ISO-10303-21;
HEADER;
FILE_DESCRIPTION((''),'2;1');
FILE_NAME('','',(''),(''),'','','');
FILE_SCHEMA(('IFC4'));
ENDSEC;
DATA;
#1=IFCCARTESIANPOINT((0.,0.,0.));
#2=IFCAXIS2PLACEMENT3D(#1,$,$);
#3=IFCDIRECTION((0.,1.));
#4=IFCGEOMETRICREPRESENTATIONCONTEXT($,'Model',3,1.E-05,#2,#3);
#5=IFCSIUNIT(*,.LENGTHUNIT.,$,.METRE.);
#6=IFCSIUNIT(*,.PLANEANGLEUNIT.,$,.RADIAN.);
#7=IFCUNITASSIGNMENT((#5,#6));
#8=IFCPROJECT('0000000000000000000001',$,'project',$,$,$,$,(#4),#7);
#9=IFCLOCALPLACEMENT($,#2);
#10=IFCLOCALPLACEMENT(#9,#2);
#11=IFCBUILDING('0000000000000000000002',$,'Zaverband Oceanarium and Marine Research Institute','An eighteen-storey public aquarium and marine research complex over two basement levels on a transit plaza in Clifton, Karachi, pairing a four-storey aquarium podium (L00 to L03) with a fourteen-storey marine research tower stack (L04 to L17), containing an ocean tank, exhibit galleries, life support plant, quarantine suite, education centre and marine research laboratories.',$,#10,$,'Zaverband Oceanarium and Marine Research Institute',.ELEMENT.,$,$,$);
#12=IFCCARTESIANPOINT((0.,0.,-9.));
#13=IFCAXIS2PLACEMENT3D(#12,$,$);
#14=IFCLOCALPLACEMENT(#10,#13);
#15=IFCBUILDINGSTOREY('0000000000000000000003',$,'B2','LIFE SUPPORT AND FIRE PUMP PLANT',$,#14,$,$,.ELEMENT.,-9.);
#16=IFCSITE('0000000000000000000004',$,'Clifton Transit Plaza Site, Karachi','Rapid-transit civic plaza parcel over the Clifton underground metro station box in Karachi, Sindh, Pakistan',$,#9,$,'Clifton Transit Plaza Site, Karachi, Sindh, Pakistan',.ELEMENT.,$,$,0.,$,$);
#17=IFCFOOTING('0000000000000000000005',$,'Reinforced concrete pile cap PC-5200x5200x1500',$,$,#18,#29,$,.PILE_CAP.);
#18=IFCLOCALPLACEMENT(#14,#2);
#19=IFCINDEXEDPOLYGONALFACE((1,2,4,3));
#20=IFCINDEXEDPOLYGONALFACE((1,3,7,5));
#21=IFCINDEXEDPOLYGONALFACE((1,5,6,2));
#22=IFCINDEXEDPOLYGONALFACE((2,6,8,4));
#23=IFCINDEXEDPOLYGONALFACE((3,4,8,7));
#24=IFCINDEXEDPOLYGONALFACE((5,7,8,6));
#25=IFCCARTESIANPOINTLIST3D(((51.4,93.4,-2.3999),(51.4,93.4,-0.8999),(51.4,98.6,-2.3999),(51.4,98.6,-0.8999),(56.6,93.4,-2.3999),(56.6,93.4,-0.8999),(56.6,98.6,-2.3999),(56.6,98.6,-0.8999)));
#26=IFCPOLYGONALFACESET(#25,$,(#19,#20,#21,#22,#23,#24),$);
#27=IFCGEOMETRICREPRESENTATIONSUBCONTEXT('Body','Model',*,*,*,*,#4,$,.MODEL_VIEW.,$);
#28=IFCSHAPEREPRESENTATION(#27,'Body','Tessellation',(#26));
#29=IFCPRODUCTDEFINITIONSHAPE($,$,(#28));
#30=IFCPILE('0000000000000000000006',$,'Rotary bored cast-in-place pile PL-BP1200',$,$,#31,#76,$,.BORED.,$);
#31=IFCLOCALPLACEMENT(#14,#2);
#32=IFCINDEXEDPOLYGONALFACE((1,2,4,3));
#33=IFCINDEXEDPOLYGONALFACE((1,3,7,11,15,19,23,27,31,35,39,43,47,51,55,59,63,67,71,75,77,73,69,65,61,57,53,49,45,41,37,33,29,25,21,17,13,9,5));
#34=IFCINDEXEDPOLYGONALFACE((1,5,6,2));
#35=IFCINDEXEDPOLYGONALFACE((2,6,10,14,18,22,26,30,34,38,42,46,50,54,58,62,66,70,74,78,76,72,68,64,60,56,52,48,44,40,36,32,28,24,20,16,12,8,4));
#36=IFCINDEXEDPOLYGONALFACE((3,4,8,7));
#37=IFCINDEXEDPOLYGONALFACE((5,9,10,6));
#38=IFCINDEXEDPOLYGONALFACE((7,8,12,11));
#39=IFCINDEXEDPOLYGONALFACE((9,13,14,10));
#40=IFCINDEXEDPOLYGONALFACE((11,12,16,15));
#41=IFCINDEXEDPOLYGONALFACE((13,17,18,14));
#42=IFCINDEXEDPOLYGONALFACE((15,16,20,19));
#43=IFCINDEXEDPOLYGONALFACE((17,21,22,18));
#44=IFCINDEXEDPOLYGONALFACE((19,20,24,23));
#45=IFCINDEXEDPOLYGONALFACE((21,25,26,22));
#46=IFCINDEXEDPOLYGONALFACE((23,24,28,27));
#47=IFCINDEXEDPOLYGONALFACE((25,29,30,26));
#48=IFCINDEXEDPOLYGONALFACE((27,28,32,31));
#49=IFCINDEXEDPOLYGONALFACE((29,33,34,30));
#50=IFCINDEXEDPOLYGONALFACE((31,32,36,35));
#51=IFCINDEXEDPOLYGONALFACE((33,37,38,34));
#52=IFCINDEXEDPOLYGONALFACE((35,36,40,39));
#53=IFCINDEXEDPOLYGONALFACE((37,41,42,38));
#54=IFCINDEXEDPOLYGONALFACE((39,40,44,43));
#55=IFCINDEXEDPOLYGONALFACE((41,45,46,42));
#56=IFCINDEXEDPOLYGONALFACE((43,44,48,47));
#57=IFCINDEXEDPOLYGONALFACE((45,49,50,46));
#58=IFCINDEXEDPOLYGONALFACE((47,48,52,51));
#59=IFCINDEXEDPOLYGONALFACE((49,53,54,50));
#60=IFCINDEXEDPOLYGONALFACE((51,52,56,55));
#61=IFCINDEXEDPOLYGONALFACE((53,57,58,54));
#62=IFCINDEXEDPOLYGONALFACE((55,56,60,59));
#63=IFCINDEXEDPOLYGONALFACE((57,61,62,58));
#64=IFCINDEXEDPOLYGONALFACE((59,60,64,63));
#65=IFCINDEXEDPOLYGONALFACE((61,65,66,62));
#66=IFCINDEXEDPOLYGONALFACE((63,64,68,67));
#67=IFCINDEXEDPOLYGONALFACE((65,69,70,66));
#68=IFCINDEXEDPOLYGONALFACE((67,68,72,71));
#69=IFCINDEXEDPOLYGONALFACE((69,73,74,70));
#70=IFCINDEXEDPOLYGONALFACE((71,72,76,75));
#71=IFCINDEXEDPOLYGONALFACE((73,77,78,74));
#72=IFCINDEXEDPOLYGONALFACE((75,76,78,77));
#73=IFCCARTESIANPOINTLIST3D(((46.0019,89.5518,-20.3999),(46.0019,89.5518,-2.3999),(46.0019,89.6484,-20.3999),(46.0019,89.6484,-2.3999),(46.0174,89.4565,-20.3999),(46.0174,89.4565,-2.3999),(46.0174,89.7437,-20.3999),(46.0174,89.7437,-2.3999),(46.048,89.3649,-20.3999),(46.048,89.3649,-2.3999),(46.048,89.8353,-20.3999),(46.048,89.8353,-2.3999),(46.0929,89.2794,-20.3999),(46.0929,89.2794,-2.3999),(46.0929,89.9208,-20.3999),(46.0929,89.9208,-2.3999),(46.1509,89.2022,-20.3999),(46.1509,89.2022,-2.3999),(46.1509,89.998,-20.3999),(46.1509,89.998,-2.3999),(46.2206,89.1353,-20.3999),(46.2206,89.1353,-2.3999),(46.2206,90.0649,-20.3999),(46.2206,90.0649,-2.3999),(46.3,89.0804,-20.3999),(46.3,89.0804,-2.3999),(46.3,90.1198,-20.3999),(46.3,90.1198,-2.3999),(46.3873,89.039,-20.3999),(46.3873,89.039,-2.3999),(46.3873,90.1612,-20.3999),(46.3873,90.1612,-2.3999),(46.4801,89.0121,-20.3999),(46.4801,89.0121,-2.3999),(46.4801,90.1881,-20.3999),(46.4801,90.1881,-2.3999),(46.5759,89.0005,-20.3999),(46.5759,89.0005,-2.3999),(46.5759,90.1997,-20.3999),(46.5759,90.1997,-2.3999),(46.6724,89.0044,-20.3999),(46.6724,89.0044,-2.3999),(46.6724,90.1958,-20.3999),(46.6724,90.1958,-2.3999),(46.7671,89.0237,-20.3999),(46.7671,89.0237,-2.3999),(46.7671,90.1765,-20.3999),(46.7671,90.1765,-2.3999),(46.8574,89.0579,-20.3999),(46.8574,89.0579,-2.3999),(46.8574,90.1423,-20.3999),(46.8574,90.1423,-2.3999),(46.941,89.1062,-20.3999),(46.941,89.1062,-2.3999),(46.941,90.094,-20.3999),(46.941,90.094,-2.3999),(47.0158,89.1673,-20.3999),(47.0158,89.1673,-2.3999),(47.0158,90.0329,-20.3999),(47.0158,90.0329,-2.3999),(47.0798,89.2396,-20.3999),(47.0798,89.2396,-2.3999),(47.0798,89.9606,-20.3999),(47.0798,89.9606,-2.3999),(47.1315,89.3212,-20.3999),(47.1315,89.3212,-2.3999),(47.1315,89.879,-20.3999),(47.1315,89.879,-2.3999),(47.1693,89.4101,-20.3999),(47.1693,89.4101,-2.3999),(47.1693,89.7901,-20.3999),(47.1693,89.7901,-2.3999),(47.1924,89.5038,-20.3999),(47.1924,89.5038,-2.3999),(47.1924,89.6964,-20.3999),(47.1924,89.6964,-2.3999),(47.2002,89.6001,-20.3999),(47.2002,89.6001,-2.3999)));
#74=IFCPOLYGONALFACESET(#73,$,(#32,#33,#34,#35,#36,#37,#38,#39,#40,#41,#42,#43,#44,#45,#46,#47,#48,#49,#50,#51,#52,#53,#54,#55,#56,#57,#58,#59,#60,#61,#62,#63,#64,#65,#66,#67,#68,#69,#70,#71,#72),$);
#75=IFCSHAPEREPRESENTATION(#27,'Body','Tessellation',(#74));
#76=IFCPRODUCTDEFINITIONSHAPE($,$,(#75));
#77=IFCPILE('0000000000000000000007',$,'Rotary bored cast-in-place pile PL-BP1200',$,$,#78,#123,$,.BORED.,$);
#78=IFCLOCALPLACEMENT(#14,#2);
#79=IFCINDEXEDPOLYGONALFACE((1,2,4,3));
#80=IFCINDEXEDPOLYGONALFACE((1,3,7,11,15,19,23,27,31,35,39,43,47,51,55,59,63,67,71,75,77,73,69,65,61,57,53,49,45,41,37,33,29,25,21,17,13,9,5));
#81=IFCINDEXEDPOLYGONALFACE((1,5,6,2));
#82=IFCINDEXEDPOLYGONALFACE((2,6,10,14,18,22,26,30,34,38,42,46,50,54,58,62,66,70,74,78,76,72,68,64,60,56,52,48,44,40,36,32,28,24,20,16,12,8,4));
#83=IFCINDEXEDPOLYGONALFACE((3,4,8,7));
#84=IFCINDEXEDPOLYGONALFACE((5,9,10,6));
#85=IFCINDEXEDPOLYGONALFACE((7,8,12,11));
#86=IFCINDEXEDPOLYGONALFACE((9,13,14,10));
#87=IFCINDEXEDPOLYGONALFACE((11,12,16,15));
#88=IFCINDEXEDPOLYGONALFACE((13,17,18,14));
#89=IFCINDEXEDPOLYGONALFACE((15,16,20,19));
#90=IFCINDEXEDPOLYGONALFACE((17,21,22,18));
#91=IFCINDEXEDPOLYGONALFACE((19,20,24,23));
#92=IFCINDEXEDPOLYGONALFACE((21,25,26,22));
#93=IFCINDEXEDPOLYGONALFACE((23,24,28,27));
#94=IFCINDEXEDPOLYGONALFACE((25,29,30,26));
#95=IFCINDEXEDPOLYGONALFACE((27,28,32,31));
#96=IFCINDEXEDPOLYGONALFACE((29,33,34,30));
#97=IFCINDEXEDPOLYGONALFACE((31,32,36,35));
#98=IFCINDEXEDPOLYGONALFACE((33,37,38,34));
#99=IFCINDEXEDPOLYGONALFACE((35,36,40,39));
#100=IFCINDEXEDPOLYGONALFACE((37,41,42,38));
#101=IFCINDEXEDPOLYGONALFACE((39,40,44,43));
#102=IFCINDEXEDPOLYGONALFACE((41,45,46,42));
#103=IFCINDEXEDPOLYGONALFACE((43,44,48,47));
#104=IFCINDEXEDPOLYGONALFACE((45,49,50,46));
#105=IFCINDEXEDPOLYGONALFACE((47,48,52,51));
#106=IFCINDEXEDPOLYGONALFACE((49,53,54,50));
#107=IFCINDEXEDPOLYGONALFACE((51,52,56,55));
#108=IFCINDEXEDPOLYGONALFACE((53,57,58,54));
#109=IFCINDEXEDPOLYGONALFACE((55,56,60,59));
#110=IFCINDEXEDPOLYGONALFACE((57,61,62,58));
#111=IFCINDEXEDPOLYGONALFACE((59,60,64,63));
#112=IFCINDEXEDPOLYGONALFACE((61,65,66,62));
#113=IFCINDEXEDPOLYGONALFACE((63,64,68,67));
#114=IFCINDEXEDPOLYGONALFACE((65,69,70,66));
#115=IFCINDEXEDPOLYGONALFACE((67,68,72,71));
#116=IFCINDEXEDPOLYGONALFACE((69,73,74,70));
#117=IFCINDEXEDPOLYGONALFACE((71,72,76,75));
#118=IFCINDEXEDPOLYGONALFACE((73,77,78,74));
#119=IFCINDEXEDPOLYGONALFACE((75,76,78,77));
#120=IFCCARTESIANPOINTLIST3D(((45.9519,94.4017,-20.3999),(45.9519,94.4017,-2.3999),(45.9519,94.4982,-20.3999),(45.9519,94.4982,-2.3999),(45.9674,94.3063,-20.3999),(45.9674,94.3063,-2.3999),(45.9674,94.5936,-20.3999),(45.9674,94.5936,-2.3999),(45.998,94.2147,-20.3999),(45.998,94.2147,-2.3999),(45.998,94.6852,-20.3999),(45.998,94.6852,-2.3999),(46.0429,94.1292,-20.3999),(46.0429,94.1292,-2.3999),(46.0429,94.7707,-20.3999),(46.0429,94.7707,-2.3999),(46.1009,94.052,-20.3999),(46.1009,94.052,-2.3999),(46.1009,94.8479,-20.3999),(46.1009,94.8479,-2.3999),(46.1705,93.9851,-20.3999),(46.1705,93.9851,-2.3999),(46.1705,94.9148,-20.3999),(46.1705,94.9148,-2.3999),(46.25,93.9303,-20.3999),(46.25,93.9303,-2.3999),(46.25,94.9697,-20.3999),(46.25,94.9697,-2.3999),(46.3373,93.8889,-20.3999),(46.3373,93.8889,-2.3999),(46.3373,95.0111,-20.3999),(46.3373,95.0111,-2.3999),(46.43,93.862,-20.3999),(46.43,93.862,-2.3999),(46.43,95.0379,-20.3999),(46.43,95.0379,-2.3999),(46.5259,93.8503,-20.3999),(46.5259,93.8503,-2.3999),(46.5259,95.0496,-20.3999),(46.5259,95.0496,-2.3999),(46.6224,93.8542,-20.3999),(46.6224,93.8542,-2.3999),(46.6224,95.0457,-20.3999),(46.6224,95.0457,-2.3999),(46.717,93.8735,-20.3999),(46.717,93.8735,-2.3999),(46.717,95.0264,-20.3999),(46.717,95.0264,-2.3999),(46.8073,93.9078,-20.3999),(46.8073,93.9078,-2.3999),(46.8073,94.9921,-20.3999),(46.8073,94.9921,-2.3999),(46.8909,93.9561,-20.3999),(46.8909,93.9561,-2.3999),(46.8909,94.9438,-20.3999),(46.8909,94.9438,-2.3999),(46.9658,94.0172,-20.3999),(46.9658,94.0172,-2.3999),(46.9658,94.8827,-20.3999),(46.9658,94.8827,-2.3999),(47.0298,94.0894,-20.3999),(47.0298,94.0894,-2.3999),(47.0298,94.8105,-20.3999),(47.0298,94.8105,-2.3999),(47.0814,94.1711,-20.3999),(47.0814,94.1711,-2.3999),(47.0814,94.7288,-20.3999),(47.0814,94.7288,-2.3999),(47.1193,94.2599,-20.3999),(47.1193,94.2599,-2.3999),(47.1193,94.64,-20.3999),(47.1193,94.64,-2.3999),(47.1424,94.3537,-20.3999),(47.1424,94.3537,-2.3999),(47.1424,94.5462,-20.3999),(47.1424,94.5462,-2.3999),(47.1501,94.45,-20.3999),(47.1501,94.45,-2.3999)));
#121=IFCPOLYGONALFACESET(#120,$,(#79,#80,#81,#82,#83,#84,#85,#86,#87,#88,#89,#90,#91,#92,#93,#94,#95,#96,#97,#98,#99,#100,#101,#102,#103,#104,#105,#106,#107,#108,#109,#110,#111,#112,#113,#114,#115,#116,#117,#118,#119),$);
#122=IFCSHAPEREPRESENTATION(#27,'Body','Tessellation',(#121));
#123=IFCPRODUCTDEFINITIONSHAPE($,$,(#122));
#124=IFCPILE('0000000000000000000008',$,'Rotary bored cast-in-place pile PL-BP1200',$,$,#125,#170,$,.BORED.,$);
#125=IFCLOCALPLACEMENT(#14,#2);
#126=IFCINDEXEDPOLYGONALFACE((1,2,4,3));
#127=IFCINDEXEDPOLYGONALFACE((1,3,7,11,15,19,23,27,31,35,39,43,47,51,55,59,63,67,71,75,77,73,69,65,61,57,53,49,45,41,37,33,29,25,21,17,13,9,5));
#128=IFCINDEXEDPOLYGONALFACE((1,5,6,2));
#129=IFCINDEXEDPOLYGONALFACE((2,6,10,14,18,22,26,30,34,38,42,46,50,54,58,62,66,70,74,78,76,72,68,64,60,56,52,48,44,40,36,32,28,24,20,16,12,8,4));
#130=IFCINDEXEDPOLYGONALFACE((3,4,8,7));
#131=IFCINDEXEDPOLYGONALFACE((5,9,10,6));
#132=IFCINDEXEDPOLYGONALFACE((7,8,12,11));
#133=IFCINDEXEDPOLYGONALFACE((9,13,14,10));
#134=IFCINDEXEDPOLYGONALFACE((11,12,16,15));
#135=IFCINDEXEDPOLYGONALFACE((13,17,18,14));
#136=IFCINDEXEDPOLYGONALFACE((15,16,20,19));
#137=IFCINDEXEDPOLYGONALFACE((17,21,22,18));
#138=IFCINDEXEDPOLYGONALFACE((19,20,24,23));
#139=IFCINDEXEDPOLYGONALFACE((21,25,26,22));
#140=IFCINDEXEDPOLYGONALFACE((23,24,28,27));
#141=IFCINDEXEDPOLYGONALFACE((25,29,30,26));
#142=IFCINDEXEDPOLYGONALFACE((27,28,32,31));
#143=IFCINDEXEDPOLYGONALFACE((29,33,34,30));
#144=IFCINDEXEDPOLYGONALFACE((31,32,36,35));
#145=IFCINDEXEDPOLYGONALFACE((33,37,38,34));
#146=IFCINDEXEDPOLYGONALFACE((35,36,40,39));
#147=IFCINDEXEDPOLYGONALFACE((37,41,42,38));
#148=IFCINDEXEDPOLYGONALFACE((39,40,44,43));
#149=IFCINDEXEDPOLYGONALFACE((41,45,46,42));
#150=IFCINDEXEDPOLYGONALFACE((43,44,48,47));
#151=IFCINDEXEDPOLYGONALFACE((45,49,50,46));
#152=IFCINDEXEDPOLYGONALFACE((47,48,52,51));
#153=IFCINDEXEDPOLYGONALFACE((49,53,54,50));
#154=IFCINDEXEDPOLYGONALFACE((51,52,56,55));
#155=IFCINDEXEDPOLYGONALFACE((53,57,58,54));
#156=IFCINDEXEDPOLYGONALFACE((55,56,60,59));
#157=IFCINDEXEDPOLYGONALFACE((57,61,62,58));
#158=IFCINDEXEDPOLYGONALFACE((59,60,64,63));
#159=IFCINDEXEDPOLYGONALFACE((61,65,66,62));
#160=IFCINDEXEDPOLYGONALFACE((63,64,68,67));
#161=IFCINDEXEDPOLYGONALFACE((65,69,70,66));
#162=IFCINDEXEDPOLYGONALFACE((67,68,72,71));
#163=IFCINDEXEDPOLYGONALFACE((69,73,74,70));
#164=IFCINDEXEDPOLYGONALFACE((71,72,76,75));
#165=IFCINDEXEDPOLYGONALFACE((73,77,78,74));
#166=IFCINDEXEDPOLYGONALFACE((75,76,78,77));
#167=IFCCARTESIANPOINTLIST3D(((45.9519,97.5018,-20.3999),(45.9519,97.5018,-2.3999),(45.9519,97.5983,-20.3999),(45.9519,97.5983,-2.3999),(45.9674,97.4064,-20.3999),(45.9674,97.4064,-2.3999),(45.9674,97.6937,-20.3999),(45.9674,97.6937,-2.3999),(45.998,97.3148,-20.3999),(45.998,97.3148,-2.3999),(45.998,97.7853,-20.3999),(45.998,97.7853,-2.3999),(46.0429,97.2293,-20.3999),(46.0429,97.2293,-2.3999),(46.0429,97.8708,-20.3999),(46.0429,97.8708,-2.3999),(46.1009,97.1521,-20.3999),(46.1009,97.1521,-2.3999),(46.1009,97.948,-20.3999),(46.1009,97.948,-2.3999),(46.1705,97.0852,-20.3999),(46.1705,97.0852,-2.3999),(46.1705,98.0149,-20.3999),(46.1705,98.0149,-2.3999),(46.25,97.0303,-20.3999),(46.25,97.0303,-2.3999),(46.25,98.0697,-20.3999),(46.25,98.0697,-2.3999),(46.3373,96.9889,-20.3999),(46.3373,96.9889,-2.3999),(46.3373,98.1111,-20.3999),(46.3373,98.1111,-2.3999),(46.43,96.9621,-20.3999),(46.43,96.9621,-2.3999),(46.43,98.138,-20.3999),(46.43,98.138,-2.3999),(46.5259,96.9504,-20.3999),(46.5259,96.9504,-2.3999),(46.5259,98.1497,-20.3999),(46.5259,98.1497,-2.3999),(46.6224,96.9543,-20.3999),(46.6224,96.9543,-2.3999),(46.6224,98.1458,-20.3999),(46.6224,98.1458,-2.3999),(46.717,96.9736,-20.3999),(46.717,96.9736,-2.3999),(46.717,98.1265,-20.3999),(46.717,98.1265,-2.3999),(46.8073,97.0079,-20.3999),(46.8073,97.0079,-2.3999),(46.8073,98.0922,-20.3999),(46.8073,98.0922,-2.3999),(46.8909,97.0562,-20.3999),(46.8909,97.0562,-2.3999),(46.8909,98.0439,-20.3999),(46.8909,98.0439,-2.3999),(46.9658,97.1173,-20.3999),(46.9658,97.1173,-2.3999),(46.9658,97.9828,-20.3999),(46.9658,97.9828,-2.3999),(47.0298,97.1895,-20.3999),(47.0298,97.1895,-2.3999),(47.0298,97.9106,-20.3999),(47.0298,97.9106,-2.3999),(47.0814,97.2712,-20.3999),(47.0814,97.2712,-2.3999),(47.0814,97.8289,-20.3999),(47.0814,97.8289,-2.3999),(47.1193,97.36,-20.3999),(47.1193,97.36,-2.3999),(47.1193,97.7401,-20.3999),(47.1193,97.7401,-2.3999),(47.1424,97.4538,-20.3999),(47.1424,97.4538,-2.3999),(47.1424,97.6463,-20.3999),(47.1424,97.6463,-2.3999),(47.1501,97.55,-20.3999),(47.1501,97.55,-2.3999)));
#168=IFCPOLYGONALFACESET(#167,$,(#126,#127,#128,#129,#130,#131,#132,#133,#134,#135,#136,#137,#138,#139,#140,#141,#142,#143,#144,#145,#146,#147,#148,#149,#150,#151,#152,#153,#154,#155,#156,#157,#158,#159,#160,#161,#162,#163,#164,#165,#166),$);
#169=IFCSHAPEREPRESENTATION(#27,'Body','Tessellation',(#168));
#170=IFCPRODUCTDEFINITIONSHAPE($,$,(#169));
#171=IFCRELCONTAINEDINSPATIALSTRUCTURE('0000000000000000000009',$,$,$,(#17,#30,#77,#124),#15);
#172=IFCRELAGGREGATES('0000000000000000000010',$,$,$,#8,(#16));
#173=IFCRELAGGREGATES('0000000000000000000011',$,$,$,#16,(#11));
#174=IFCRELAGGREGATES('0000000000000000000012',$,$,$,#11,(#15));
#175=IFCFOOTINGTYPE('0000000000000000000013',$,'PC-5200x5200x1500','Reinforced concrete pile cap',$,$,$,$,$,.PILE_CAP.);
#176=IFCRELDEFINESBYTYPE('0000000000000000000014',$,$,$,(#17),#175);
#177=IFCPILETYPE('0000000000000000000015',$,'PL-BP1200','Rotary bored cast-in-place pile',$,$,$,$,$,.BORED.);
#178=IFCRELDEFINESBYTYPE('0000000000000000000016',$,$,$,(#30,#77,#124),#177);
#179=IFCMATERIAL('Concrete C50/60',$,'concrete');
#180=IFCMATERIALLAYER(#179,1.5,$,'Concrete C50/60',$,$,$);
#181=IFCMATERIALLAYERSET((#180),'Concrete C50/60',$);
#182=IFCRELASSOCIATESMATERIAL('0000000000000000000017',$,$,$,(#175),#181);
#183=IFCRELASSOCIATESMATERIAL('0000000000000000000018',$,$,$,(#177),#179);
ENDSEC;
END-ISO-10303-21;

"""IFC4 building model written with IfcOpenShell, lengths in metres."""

from ifc_helpers import new_model, si_unit, direction, frame, origin, origin_2d, place, context, subcontext, project, spatial, rectangle, circle, extrude, material, layer, layer_set, material_profile, profile_set, type_object, element, save


model = new_model("IFC4")

# Units and contexts
model_context = context("Model", 3, precision=1e-05, world=origin(), true_north=direction((0.0, 1.0)))
body_context = subcontext(model_context, "Body", "Model", "MODEL_VIEW")
ifc_project = project(units=[si_unit("LENGTHUNIT", "METRE"), si_unit("PLANEANGLEUNIT", "RADIAN")], contexts=[model_context])

# Site, building, storey
site_placement = place(None, origin())
site = spatial("IfcSite", under=ifc_project, at=site_placement, Name="Clifton Transit Plaza Site, Karachi", Description="Rapid-transit civic plaza parcel over the Clifton underground metro station box in Karachi, Sindh, Pakistan", LongName="Clifton Transit Plaza Site, Karachi, Sindh, Pakistan", CompositionType="ELEMENT", RefElevation=0.0)
building_placement = place(site_placement, origin())
building = spatial("IfcBuilding", under=site, at=building_placement, Name="Zaverband Oceanarium and Marine Research Institute", Description="An eighteen-storey public aquarium and marine research complex over two basement levels on a transit plaza in Clifton, Karachi, pairing a four-storey aquarium podium (L00 to L03) with a fourteen-storey marine research tower stack (L04 to L17), containing an ocean tank, exhibit galleries, life support plant, quarantine suite, education centre and marine research laboratories.", LongName="Zaverband Oceanarium and Marine Research Institute", CompositionType="ELEMENT")
storey_placement = place(building_placement, frame((0.0, 0.0, -9.0)))
storey = spatial("IfcBuildingStorey", under=building, at=storey_placement, Name="B2", Description="LIFE SUPPORT AND FIRE PUMP PLANT", CompositionType="ELEMENT", Elevation=-9.0)

# Footing
ifc_material_1 = material(Name="Concrete C50/60", Category="concrete")
ifc_layer = layer(ifc_material_1, 1.5, Name="Concrete C50/60")
ifc_layer_set = layer_set([ifc_layer], Name="Concrete C50/60")
footing_type = type_object("IfcFootingType", Name="PC-5200x5200x1500", Description="Reinforced concrete pile cap", PredefinedType="PILE_CAP", material=ifc_layer_set)
footing_placement = place(storey_placement, frame((54.0, 96.0, -2.3999), z_axis=(0.0, 0.0, 1.0), x_axis=(1.0, 0.0, 0.0)))
element("IfcFooting", 1, at=footing_placement, inside=storey, type_object=footing_type, Name="Reinforced concrete pile cap PC-5200x5200x1500", PredefinedType="PILE_CAP", context=body_context, shape_type="SweptSolid", body=[
    extrude(rectangle(XDim=5.2, YDim=5.2, at=origin_2d()), origin(), (0.0, 0.0, 1.0), 1.5),
])

# Piles
ifc_material_profile_1 = material_profile(ifc_material_1, circle(Radius=0.6001, at=origin_2d()), Name="BP1200")
ifc_profile_set_1 = profile_set([ifc_material_profile_1], Name="Concrete C50/60")
pile_type = type_object("IfcPileType", Name="PL-BP1200", Description="Rotary bored cast-in-place pile", PredefinedType="BORED", material=ifc_profile_set_1)
for number, where, z_axis, x_axis, name in (
    (2, (46.6001, 89.6001, -2.3999), (0.0, 0.0, -1.0), (1.0, 0.0, 0.0), "Rotary bored cast-in-place pile PL-BP1200"),
    (3, (46.55, 94.45, -2.3999), (0.0, 0.0, -1.0), (1.0, 0.0, 0.0), "Rotary bored cast-in-place pile PL-BP1200"),
    (4, (46.55, 97.55, -2.3999), (0.0, 0.0, -1.0), (1.0, 0.0, 0.0), "Rotary bored cast-in-place pile PL-BP1200"),
):
    element("IfcPile", number, at=place(storey_placement, frame(where, z_axis=z_axis, x_axis=x_axis)), inside=storey, type_object=pile_type, Name=name, PredefinedType="BORED", context=body_context, shape_type="SweptSolid", body=[
        extrude(circle(Radius=0.6001, at=origin_2d()), origin(), (0.0, 0.0, 1.0), 18.0),
    ])

save(model, "model.ifc")
